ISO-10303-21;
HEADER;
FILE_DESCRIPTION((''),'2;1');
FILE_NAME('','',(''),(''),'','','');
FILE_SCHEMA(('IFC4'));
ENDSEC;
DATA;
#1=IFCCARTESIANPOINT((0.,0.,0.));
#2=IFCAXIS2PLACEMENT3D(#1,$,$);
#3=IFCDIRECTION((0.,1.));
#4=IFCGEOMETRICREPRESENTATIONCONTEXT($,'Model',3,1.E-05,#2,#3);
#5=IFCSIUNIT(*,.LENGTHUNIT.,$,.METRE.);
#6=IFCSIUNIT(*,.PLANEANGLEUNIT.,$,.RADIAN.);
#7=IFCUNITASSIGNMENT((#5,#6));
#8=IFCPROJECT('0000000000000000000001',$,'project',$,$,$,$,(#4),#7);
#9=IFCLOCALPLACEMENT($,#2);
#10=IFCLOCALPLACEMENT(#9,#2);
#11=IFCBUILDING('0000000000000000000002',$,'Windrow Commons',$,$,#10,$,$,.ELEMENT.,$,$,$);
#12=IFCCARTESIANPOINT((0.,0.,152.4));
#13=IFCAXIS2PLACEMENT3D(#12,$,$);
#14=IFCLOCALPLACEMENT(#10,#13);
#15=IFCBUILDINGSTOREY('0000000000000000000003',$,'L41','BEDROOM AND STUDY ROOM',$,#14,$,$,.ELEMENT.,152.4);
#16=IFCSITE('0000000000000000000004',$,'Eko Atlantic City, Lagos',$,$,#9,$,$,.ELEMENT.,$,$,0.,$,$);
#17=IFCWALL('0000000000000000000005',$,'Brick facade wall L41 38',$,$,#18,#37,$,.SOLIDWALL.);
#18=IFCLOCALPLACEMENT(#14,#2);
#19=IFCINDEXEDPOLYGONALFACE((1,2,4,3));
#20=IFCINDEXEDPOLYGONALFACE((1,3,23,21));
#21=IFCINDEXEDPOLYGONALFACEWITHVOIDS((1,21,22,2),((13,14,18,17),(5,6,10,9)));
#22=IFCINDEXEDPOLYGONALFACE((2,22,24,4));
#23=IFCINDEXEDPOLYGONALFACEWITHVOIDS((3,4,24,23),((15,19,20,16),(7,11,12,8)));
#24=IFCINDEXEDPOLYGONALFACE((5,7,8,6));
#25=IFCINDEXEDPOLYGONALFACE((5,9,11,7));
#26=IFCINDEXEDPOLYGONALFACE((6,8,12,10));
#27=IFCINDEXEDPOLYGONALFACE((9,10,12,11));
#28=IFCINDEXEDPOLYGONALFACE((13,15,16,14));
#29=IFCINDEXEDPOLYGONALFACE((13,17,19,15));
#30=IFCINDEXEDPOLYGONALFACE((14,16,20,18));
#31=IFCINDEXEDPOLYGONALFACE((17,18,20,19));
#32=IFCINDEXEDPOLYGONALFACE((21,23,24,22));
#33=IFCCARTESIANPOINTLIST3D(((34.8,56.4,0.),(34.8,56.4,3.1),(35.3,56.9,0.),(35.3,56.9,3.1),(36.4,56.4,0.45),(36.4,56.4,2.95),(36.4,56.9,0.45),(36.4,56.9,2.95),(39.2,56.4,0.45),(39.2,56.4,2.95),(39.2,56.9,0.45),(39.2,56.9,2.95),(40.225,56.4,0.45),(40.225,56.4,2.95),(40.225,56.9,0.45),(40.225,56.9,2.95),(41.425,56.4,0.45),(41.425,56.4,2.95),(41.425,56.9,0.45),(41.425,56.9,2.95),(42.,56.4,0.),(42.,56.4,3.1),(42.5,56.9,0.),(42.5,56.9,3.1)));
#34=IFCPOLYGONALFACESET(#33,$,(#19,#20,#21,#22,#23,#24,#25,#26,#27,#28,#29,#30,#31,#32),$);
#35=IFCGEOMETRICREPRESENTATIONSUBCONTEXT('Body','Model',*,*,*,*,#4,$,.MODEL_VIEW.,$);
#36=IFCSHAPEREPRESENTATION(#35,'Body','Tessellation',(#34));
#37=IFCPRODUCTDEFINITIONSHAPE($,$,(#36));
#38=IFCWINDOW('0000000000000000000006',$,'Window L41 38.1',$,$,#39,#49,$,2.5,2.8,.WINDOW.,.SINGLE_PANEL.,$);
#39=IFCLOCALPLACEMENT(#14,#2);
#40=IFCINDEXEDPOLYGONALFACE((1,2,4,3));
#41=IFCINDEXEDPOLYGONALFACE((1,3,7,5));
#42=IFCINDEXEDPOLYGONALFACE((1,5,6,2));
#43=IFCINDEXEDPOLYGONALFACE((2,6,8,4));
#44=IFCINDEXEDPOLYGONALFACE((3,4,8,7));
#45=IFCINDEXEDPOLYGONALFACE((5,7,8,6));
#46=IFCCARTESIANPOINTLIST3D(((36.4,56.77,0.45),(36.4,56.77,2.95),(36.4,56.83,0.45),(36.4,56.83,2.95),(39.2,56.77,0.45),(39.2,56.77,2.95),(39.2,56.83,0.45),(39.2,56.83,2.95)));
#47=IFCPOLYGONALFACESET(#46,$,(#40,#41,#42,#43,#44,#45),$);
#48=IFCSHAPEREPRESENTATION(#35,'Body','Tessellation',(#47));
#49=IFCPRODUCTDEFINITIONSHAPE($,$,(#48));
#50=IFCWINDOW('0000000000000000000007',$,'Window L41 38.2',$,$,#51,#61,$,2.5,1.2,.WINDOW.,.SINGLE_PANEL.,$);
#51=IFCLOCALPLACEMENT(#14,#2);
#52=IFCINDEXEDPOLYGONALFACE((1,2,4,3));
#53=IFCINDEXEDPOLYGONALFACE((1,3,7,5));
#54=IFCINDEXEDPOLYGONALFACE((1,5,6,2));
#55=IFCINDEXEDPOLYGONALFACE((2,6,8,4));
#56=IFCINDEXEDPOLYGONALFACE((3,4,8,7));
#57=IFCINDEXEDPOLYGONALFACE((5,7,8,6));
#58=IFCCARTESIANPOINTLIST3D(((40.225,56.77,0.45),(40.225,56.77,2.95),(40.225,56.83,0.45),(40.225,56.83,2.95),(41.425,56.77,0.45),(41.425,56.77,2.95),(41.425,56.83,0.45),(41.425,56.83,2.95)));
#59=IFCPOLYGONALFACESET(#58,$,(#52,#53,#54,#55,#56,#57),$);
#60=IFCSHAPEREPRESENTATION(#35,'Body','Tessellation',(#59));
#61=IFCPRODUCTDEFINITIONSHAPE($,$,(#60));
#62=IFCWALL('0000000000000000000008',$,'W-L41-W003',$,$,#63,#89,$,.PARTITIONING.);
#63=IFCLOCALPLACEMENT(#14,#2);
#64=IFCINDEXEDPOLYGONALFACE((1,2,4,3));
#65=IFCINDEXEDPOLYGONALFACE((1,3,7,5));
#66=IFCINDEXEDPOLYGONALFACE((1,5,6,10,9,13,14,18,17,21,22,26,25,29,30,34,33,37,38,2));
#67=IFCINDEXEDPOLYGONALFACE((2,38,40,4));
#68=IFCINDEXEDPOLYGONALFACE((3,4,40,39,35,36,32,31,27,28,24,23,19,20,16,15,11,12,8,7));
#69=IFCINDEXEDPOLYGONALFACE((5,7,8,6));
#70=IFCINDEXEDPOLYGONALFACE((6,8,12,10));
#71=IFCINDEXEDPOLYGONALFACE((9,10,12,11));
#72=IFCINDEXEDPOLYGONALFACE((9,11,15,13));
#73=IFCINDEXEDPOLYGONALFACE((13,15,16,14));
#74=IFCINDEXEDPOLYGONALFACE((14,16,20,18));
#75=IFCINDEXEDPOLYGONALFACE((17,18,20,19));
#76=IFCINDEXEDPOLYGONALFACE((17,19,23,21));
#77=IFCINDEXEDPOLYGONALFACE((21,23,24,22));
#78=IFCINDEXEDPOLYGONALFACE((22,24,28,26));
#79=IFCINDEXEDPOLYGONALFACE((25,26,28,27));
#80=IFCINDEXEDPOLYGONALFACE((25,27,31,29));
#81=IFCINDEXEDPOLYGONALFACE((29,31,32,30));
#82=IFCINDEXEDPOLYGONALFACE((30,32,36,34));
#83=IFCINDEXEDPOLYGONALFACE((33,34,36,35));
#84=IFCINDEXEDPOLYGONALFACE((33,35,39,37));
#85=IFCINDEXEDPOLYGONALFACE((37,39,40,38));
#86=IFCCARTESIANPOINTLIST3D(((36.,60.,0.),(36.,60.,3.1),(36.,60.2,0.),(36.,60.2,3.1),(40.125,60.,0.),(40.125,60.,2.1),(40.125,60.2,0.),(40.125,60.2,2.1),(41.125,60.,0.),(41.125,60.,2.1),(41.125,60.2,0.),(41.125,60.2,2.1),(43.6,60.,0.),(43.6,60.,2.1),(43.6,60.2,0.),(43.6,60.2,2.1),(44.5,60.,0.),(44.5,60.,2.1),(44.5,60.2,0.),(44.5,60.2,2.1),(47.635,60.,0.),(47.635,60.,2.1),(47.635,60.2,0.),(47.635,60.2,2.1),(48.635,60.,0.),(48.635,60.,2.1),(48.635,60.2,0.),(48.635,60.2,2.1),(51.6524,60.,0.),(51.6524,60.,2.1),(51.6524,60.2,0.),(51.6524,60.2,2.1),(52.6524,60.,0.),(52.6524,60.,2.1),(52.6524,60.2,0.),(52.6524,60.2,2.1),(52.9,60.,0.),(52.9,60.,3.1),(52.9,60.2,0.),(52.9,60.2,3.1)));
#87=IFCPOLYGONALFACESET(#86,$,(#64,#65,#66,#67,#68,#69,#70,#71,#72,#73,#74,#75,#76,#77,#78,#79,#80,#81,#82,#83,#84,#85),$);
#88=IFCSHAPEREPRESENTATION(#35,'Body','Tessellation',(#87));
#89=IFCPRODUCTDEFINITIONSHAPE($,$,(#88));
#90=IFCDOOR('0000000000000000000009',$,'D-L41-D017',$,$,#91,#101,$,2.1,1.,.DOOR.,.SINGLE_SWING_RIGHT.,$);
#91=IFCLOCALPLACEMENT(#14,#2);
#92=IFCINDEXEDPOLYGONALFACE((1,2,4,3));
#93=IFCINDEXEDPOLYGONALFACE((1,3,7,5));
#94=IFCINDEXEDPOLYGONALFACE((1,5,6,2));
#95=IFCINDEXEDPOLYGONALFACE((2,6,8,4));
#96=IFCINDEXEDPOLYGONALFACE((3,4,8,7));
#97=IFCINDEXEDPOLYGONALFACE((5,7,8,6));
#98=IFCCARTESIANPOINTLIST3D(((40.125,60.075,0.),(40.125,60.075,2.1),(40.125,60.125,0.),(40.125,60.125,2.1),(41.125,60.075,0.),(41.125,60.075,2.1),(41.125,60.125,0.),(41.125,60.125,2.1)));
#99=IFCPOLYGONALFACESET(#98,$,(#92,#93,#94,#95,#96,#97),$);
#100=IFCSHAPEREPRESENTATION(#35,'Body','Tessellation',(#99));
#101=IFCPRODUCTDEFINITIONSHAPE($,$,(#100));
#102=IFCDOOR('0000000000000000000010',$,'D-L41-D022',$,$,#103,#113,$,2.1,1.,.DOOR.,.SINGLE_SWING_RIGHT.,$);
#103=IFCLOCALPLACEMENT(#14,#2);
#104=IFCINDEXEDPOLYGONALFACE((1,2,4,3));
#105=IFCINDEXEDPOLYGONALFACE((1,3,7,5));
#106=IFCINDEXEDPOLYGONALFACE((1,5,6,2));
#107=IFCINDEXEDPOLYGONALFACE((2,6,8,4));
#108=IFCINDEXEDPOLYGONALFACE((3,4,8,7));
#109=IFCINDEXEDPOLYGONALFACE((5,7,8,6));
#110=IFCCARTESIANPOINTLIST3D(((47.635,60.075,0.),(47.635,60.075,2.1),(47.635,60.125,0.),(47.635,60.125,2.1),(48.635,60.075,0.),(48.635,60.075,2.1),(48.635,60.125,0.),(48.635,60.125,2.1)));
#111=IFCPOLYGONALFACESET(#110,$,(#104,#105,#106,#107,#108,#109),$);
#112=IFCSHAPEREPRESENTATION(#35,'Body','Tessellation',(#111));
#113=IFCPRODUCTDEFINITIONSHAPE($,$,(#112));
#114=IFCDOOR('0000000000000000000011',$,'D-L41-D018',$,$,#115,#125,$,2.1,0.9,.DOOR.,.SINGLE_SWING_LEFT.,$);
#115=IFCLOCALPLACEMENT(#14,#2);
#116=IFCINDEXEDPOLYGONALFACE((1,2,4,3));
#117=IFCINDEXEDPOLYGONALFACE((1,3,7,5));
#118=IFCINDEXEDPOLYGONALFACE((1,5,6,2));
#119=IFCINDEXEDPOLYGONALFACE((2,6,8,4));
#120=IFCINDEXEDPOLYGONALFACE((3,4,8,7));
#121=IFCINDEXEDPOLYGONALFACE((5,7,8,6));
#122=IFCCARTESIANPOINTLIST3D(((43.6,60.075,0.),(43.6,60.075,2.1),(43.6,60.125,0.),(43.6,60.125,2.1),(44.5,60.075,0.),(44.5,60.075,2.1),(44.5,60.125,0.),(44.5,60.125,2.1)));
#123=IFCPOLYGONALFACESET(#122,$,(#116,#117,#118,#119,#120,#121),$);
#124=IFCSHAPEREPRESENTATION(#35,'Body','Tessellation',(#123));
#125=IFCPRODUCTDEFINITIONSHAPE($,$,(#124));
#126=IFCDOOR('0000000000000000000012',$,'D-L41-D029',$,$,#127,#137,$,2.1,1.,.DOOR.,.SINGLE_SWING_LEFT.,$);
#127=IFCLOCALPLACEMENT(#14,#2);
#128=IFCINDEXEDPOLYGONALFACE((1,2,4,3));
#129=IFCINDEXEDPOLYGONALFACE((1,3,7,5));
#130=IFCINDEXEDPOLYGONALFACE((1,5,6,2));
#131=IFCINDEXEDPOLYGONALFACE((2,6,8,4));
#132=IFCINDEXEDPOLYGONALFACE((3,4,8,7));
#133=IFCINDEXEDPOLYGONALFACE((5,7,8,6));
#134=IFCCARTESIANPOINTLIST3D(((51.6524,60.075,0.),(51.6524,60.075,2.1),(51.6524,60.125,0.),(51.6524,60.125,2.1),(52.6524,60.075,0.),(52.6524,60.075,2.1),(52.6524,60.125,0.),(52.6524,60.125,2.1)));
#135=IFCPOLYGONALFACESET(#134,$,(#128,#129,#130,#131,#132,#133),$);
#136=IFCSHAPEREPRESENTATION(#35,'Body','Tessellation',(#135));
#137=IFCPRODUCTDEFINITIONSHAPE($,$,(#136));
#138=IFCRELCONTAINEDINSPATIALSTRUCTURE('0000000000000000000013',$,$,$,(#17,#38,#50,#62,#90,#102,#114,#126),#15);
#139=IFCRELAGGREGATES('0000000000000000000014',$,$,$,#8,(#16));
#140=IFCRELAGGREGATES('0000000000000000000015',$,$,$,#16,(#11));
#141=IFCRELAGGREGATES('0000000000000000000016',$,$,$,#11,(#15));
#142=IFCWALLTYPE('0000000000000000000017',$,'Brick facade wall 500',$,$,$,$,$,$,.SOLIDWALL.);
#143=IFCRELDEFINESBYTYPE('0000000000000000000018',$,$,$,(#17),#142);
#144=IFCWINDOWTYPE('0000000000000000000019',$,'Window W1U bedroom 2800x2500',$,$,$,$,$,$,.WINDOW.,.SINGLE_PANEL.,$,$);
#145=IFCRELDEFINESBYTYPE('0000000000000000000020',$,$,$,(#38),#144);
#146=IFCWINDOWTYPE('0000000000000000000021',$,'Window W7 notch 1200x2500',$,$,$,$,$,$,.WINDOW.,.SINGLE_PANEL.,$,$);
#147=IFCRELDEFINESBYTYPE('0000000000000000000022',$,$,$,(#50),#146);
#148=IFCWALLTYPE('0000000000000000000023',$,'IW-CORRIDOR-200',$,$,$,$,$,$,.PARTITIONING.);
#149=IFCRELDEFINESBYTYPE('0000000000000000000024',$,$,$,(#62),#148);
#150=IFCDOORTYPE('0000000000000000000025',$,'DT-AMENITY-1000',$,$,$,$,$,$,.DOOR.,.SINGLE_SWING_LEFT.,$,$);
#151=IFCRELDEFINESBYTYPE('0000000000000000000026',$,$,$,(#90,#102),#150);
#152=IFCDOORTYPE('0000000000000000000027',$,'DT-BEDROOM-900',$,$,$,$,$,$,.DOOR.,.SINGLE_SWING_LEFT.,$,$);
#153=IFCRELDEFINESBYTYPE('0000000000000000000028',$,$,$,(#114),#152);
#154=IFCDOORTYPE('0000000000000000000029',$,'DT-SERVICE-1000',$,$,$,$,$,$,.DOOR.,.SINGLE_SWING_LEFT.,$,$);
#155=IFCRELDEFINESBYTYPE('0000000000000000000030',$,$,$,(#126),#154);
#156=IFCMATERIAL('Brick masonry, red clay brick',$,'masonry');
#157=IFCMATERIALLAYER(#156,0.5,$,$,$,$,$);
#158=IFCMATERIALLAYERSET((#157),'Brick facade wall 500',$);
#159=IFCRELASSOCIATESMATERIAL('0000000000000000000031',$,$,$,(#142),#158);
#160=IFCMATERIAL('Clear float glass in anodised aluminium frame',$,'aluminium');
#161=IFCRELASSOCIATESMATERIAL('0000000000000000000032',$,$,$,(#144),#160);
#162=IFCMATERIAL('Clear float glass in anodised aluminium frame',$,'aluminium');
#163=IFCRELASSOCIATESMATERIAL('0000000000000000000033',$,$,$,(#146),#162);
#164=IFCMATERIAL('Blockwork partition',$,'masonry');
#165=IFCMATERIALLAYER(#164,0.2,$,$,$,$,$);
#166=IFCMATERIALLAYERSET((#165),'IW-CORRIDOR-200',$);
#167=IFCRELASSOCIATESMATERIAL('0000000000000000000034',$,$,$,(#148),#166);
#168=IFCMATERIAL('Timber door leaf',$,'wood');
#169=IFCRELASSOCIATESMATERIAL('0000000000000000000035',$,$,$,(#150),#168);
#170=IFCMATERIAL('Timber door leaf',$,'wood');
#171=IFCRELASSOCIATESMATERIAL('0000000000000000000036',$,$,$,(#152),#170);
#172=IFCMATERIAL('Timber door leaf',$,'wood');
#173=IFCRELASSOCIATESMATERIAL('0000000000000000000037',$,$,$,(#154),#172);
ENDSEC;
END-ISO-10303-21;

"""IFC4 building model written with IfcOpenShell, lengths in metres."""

from ifc_helpers import new_model, si_unit, direction, frame, frame_2d, origin, place, context, subcontext, project, spatial, polyline, rectangle, outline, extrude, material, layer, layer_set, type_object, element, fill, save


model = new_model("IFC4")

# Units and contexts
model_context = context("Model", 3, precision=1e-05, world=origin(), true_north=direction((0.0, 1.0)))
body_context = subcontext(model_context, "Body", "Model", "MODEL_VIEW")
ifc_project = project(units=[si_unit("LENGTHUNIT", "METRE"), si_unit("PLANEANGLEUNIT", "RADIAN")], contexts=[model_context])

# Site, building, storey
site_placement = place(None, origin())
site = spatial("IfcSite", under=ifc_project, at=site_placement, Name="Eko Atlantic City, Lagos", CompositionType="ELEMENT", RefElevation=0.0)
building_placement = place(site_placement, origin())
building = spatial("IfcBuilding", under=site, at=building_placement, Name="Windrow Commons", CompositionType="ELEMENT")
storey_placement = place(building_placement, frame((0.0, 0.0, 152.4)))
storey = spatial("IfcBuildingStorey", under=building, at=storey_placement, Name="L41", Description="BEDROOM AND STUDY ROOM", CompositionType="ELEMENT", Elevation=152.4)

# Shared definitions
ifc_material_1 = material(Name="Brick masonry, red clay brick", Category="masonry")
ifc_layer_1 = layer(ifc_material_1, 0.5)
ifc_layer_set_1 = layer_set([ifc_layer_1], Name="Brick facade wall 500")
wall_type_1 = type_object("IfcWallType", Name="Brick facade wall 500", PredefinedType="SOLIDWALL", material=ifc_layer_set_1)
ifc_material_2 = material(Name="Clear float glass in anodised aluminium frame", Category="aluminium")
window_type_1 = type_object("IfcWindowType", Name="Window W1U bedroom 2800x2500", PartitioningType="SINGLE_PANEL", PredefinedType="WINDOW", material=ifc_material_2)
ifc_material_3 = material(Name="Clear float glass in anodised aluminium frame", Category="aluminium")
window_type_2 = type_object("IfcWindowType", Name="Window W7 notch 1200x2500", PartitioningType="SINGLE_PANEL", PredefinedType="WINDOW", material=ifc_material_3)

# Wall, openings, windows
wall_1_placement = place(storey_placement, frame((35.05, 56.65, 0.0), z_axis=(0.0, 0.0, 1.0), x_axis=(1.0, 0.0, 0.0)))
wall_1 = element("IfcWall", 1, at=wall_1_placement, inside=storey, type_object=wall_type_1, Name="Brick facade wall L41 38", PredefinedType="SOLIDWALL", context=body_context, shape_type="SweptSolid", body=[
    extrude(outline(polyline([(-0.25, -0.25), (6.95, -0.25), (7.45, 0.25), (0.25, 0.25), (-0.25, -0.25)])), origin(), (0.0, 0.0, 1.0), 3.1),
])
opening_1_placement = place(wall_1_placement, frame((1.35, 0.0, 0.45)))
opening_1 = element("IfcOpeningElement", 2, at=opening_1_placement, cuts=wall_1, PredefinedType="OPENING", context=body_context, shape_type="SweptSolid", body=[
    extrude(rectangle(XDim=2.8, YDim=2.5, at=frame_2d((1.4, 1.25))), frame((0.0, 0.26, 0.0), z_axis=(0.0, -1.0, 0.0), x_axis=(1.0, 0.0, 0.0)), (0.0, 0.0, 1.0), 0.52),
])
opening_2_placement = place(wall_1_placement, frame((5.175, 0.0, 0.45)))
opening_2 = element("IfcOpeningElement", 3, at=opening_2_placement, cuts=wall_1, PredefinedType="OPENING", context=body_context, shape_type="SweptSolid", body=[
    extrude(rectangle(XDim=1.2, YDim=2.5, at=frame_2d((0.6, 1.25))), frame((0.0, 0.26, 0.0), z_axis=(0.0, -1.0, 0.0), x_axis=(1.0, 0.0, 0.0)), (0.0, 0.0, 1.0), 0.52),
])
window_1_placement = place(opening_1_placement, origin())
window_1 = element("IfcWindow", 4, at=window_1_placement, inside=storey, type_object=window_type_1, Name="Window L41 38.1", OverallHeight=2.5, OverallWidth=2.8, PartitioningType="SINGLE_PANEL", PredefinedType="WINDOW", context=body_context, shape_type="SweptSolid", body=[
    extrude(rectangle(XDim=2.8, YDim=2.5, at=frame_2d((1.4, 1.25))), frame((0.0, 0.18, 0.0), z_axis=(0.0, -1.0, 0.0), x_axis=(1.0, 0.0, 0.0)), (0.0, 0.0, 1.0), 0.06),
])
fill(opening_1, window_1)
window_2_placement = place(opening_2_placement, origin())
window_2 = element("IfcWindow", 5, at=window_2_placement, inside=storey, type_object=window_type_2, Name="Window L41 38.2", OverallHeight=2.5, OverallWidth=1.2, PartitioningType="SINGLE_PANEL", PredefinedType="WINDOW", context=body_context, shape_type="SweptSolid", body=[
    extrude(rectangle(XDim=1.2, YDim=2.5, at=frame_2d((0.6, 1.25))), frame((0.0, 0.18, 0.0), z_axis=(0.0, -1.0, 0.0), x_axis=(1.0, 0.0, 0.0)), (0.0, 0.0, 1.0), 0.06),
])
fill(opening_2, window_2)

# Wall, openings, doors
ifc_material_4 = material(Name="Blockwork partition", Category="masonry")
ifc_layer_2 = layer(ifc_material_4, 0.2)
ifc_layer_set_2 = layer_set([ifc_layer_2], Name="IW-CORRIDOR-200")
wall_type_2 = type_object("IfcWallType", Name="IW-CORRIDOR-200", PredefinedType="PARTITIONING", material=ifc_layer_set_2)
wall_2_placement = place(storey_placement, frame((36.0, 60.1, 0.0), z_axis=(0.0, 0.0, 1.0), x_axis=(1.0, 0.0, 0.0)))
wall_2 = element("IfcWall", 6, at=wall_2_placement, inside=storey, type_object=wall_type_2, Name="W-L41-W003", PredefinedType="PARTITIONING", context=body_context, shape_type="SweptSolid", body=[
    extrude(rectangle(XDim=16.9, YDim=0.2, at=frame_2d((8.45, 0.0))), origin(), (0.0, 0.0, 1.0), 3.1),
])
opening_3_placement = place(wall_2_placement, frame((4.125, 0.0, 0.0)))
opening_3 = element("IfcOpeningElement", 7, at=opening_3_placement, cuts=wall_2, PredefinedType="OPENING", context=body_context, shape_type="SweptSolid", body=[
    extrude(rectangle(XDim=1.0, YDim=2.1, at=frame_2d((0.5, 1.05))), frame((0.0, 0.11, 0.0), z_axis=(0.0, -1.0, 0.0), x_axis=(1.0, 0.0, 0.0)), (0.0, 0.0, 1.0), 0.22),
])
opening_4_placement = place(wall_2_placement, frame((7.6, 0.0, 0.0)))
opening_4 = element("IfcOpeningElement", 8, at=opening_4_placement, cuts=wall_2, PredefinedType="OPENING", context=body_context, shape_type="SweptSolid", body=[
    extrude(rectangle(XDim=0.9, YDim=2.1, at=frame_2d((0.45, 1.05))), frame((0.0, 0.11, 0.0), z_axis=(0.0, -1.0, 0.0), x_axis=(1.0, 0.0, 0.0)), (0.0, 0.0, 1.0), 0.22),
])
opening_5_placement = place(wall_2_placement, frame((11.635, 0.0, 0.0)))
opening_5 = element("IfcOpeningElement", 9, at=opening_5_placement, cuts=wall_2, PredefinedType="OPENING", context=body_context, shape_type="SweptSolid", body=[
    extrude(rectangle(XDim=1.0, YDim=2.1, at=frame_2d((0.5, 1.05))), frame((0.0, 0.11, 0.0), z_axis=(0.0, -1.0, 0.0), x_axis=(1.0, 0.0, 0.0)), (0.0, 0.0, 1.0), 0.22),
])
opening_6_placement = place(wall_2_placement, frame((15.6524, 0.0, 0.0)))
opening_6 = element("IfcOpeningElement", 10, at=opening_6_placement, cuts=wall_2, PredefinedType="OPENING", context=body_context, shape_type="SweptSolid", body=[
    extrude(rectangle(XDim=1.0, YDim=2.1, at=frame_2d((0.5, 1.05))), frame((0.0, 0.11, 0.0), z_axis=(0.0, -1.0, 0.0), x_axis=(1.0, 0.0, 0.0)), (0.0, 0.0, 1.0), 0.22),
])
ifc_material_5 = material(Name="Timber door leaf", Category="wood")
door_type_1 = type_object("IfcDoorType", Name="DT-AMENITY-1000", OperationType="SINGLE_SWING_LEFT", PredefinedType="DOOR", material=ifc_material_5)
door_1_placement = place(opening_3_placement, origin())
door_1 = element("IfcDoor", 11, at=door_1_placement, inside=storey, type_object=door_type_1, Name="D-L41-D017", OperationType="SINGLE_SWING_RIGHT", OverallHeight=2.1, OverallWidth=1.0, PredefinedType="DOOR", context=body_context, shape_type="SweptSolid", body=[
    extrude(rectangle(XDim=1.0, YDim=2.1, at=frame_2d((0.5, 1.05))), frame((0.0, 0.025, 0.0), z_axis=(0.0, -1.0, 0.0), x_axis=(1.0, 0.0, 0.0)), (0.0, 0.0, 1.0), 0.05),
])
fill(opening_3, door_1)
door_2_placement = place(opening_5_placement, origin())
door_2 = element("IfcDoor", 12, at=door_2_placement, inside=storey, type_object=door_type_1, Name="D-L41-D022", OperationType="SINGLE_SWING_RIGHT", OverallHeight=2.1, OverallWidth=1.0, PredefinedType="DOOR", context=body_context, shape_type="SweptSolid", body=[
    extrude(rectangle(XDim=1.0, YDim=2.1, at=frame_2d((0.5, 1.05))), frame((0.0, 0.025, 0.0), z_axis=(0.0, -1.0, 0.0), x_axis=(1.0, 0.0, 0.0)), (0.0, 0.0, 1.0), 0.05),
])
fill(opening_5, door_2)
ifc_material_6 = material(Name="Timber door leaf", Category="wood")
door_type_2 = type_object("IfcDoorType", Name="DT-BEDROOM-900", OperationType="SINGLE_SWING_LEFT", PredefinedType="DOOR", material=ifc_material_6)
door_3_placement = place(opening_4_placement, origin())
door_3 = element("IfcDoor", 13, at=door_3_placement, inside=storey, type_object=door_type_2, Name="D-L41-D018", OperationType="SINGLE_SWING_LEFT", OverallHeight=2.1, OverallWidth=0.9, PredefinedType="DOOR", context=body_context, shape_type="SweptSolid", body=[
    extrude(rectangle(XDim=0.9, YDim=2.1, at=frame_2d((0.45, 1.05))), frame((0.0, 0.025, 0.0), z_axis=(0.0, -1.0, 0.0), x_axis=(1.0, 0.0, 0.0)), (0.0, 0.0, 1.0), 0.05),
])
fill(opening_4, door_3)
ifc_material_7 = material(Name="Timber door leaf", Category="wood")
door_type_3 = type_object("IfcDoorType", Name="DT-SERVICE-1000", OperationType="SINGLE_SWING_LEFT", PredefinedType="DOOR", material=ifc_material_7)
door_4_placement = place(opening_6_placement, origin())
door_4 = element("IfcDoor", 14, at=door_4_placement, inside=storey, type_object=door_type_3, Name="D-L41-D029", OperationType="SINGLE_SWING_LEFT", OverallHeight=2.1, OverallWidth=1.0, PredefinedType="DOOR", context=body_context, shape_type="SweptSolid", body=[
    extrude(rectangle(XDim=1.0, YDim=2.1, at=frame_2d((0.5, 1.05))), frame((0.0, 0.025, 0.0), z_axis=(0.0, -1.0, 0.0), x_axis=(1.0, 0.0, 0.0)), (0.0, 0.0, 1.0), 0.05),
])
fill(opening_6, door_4)

save(model, "model.ifc")
